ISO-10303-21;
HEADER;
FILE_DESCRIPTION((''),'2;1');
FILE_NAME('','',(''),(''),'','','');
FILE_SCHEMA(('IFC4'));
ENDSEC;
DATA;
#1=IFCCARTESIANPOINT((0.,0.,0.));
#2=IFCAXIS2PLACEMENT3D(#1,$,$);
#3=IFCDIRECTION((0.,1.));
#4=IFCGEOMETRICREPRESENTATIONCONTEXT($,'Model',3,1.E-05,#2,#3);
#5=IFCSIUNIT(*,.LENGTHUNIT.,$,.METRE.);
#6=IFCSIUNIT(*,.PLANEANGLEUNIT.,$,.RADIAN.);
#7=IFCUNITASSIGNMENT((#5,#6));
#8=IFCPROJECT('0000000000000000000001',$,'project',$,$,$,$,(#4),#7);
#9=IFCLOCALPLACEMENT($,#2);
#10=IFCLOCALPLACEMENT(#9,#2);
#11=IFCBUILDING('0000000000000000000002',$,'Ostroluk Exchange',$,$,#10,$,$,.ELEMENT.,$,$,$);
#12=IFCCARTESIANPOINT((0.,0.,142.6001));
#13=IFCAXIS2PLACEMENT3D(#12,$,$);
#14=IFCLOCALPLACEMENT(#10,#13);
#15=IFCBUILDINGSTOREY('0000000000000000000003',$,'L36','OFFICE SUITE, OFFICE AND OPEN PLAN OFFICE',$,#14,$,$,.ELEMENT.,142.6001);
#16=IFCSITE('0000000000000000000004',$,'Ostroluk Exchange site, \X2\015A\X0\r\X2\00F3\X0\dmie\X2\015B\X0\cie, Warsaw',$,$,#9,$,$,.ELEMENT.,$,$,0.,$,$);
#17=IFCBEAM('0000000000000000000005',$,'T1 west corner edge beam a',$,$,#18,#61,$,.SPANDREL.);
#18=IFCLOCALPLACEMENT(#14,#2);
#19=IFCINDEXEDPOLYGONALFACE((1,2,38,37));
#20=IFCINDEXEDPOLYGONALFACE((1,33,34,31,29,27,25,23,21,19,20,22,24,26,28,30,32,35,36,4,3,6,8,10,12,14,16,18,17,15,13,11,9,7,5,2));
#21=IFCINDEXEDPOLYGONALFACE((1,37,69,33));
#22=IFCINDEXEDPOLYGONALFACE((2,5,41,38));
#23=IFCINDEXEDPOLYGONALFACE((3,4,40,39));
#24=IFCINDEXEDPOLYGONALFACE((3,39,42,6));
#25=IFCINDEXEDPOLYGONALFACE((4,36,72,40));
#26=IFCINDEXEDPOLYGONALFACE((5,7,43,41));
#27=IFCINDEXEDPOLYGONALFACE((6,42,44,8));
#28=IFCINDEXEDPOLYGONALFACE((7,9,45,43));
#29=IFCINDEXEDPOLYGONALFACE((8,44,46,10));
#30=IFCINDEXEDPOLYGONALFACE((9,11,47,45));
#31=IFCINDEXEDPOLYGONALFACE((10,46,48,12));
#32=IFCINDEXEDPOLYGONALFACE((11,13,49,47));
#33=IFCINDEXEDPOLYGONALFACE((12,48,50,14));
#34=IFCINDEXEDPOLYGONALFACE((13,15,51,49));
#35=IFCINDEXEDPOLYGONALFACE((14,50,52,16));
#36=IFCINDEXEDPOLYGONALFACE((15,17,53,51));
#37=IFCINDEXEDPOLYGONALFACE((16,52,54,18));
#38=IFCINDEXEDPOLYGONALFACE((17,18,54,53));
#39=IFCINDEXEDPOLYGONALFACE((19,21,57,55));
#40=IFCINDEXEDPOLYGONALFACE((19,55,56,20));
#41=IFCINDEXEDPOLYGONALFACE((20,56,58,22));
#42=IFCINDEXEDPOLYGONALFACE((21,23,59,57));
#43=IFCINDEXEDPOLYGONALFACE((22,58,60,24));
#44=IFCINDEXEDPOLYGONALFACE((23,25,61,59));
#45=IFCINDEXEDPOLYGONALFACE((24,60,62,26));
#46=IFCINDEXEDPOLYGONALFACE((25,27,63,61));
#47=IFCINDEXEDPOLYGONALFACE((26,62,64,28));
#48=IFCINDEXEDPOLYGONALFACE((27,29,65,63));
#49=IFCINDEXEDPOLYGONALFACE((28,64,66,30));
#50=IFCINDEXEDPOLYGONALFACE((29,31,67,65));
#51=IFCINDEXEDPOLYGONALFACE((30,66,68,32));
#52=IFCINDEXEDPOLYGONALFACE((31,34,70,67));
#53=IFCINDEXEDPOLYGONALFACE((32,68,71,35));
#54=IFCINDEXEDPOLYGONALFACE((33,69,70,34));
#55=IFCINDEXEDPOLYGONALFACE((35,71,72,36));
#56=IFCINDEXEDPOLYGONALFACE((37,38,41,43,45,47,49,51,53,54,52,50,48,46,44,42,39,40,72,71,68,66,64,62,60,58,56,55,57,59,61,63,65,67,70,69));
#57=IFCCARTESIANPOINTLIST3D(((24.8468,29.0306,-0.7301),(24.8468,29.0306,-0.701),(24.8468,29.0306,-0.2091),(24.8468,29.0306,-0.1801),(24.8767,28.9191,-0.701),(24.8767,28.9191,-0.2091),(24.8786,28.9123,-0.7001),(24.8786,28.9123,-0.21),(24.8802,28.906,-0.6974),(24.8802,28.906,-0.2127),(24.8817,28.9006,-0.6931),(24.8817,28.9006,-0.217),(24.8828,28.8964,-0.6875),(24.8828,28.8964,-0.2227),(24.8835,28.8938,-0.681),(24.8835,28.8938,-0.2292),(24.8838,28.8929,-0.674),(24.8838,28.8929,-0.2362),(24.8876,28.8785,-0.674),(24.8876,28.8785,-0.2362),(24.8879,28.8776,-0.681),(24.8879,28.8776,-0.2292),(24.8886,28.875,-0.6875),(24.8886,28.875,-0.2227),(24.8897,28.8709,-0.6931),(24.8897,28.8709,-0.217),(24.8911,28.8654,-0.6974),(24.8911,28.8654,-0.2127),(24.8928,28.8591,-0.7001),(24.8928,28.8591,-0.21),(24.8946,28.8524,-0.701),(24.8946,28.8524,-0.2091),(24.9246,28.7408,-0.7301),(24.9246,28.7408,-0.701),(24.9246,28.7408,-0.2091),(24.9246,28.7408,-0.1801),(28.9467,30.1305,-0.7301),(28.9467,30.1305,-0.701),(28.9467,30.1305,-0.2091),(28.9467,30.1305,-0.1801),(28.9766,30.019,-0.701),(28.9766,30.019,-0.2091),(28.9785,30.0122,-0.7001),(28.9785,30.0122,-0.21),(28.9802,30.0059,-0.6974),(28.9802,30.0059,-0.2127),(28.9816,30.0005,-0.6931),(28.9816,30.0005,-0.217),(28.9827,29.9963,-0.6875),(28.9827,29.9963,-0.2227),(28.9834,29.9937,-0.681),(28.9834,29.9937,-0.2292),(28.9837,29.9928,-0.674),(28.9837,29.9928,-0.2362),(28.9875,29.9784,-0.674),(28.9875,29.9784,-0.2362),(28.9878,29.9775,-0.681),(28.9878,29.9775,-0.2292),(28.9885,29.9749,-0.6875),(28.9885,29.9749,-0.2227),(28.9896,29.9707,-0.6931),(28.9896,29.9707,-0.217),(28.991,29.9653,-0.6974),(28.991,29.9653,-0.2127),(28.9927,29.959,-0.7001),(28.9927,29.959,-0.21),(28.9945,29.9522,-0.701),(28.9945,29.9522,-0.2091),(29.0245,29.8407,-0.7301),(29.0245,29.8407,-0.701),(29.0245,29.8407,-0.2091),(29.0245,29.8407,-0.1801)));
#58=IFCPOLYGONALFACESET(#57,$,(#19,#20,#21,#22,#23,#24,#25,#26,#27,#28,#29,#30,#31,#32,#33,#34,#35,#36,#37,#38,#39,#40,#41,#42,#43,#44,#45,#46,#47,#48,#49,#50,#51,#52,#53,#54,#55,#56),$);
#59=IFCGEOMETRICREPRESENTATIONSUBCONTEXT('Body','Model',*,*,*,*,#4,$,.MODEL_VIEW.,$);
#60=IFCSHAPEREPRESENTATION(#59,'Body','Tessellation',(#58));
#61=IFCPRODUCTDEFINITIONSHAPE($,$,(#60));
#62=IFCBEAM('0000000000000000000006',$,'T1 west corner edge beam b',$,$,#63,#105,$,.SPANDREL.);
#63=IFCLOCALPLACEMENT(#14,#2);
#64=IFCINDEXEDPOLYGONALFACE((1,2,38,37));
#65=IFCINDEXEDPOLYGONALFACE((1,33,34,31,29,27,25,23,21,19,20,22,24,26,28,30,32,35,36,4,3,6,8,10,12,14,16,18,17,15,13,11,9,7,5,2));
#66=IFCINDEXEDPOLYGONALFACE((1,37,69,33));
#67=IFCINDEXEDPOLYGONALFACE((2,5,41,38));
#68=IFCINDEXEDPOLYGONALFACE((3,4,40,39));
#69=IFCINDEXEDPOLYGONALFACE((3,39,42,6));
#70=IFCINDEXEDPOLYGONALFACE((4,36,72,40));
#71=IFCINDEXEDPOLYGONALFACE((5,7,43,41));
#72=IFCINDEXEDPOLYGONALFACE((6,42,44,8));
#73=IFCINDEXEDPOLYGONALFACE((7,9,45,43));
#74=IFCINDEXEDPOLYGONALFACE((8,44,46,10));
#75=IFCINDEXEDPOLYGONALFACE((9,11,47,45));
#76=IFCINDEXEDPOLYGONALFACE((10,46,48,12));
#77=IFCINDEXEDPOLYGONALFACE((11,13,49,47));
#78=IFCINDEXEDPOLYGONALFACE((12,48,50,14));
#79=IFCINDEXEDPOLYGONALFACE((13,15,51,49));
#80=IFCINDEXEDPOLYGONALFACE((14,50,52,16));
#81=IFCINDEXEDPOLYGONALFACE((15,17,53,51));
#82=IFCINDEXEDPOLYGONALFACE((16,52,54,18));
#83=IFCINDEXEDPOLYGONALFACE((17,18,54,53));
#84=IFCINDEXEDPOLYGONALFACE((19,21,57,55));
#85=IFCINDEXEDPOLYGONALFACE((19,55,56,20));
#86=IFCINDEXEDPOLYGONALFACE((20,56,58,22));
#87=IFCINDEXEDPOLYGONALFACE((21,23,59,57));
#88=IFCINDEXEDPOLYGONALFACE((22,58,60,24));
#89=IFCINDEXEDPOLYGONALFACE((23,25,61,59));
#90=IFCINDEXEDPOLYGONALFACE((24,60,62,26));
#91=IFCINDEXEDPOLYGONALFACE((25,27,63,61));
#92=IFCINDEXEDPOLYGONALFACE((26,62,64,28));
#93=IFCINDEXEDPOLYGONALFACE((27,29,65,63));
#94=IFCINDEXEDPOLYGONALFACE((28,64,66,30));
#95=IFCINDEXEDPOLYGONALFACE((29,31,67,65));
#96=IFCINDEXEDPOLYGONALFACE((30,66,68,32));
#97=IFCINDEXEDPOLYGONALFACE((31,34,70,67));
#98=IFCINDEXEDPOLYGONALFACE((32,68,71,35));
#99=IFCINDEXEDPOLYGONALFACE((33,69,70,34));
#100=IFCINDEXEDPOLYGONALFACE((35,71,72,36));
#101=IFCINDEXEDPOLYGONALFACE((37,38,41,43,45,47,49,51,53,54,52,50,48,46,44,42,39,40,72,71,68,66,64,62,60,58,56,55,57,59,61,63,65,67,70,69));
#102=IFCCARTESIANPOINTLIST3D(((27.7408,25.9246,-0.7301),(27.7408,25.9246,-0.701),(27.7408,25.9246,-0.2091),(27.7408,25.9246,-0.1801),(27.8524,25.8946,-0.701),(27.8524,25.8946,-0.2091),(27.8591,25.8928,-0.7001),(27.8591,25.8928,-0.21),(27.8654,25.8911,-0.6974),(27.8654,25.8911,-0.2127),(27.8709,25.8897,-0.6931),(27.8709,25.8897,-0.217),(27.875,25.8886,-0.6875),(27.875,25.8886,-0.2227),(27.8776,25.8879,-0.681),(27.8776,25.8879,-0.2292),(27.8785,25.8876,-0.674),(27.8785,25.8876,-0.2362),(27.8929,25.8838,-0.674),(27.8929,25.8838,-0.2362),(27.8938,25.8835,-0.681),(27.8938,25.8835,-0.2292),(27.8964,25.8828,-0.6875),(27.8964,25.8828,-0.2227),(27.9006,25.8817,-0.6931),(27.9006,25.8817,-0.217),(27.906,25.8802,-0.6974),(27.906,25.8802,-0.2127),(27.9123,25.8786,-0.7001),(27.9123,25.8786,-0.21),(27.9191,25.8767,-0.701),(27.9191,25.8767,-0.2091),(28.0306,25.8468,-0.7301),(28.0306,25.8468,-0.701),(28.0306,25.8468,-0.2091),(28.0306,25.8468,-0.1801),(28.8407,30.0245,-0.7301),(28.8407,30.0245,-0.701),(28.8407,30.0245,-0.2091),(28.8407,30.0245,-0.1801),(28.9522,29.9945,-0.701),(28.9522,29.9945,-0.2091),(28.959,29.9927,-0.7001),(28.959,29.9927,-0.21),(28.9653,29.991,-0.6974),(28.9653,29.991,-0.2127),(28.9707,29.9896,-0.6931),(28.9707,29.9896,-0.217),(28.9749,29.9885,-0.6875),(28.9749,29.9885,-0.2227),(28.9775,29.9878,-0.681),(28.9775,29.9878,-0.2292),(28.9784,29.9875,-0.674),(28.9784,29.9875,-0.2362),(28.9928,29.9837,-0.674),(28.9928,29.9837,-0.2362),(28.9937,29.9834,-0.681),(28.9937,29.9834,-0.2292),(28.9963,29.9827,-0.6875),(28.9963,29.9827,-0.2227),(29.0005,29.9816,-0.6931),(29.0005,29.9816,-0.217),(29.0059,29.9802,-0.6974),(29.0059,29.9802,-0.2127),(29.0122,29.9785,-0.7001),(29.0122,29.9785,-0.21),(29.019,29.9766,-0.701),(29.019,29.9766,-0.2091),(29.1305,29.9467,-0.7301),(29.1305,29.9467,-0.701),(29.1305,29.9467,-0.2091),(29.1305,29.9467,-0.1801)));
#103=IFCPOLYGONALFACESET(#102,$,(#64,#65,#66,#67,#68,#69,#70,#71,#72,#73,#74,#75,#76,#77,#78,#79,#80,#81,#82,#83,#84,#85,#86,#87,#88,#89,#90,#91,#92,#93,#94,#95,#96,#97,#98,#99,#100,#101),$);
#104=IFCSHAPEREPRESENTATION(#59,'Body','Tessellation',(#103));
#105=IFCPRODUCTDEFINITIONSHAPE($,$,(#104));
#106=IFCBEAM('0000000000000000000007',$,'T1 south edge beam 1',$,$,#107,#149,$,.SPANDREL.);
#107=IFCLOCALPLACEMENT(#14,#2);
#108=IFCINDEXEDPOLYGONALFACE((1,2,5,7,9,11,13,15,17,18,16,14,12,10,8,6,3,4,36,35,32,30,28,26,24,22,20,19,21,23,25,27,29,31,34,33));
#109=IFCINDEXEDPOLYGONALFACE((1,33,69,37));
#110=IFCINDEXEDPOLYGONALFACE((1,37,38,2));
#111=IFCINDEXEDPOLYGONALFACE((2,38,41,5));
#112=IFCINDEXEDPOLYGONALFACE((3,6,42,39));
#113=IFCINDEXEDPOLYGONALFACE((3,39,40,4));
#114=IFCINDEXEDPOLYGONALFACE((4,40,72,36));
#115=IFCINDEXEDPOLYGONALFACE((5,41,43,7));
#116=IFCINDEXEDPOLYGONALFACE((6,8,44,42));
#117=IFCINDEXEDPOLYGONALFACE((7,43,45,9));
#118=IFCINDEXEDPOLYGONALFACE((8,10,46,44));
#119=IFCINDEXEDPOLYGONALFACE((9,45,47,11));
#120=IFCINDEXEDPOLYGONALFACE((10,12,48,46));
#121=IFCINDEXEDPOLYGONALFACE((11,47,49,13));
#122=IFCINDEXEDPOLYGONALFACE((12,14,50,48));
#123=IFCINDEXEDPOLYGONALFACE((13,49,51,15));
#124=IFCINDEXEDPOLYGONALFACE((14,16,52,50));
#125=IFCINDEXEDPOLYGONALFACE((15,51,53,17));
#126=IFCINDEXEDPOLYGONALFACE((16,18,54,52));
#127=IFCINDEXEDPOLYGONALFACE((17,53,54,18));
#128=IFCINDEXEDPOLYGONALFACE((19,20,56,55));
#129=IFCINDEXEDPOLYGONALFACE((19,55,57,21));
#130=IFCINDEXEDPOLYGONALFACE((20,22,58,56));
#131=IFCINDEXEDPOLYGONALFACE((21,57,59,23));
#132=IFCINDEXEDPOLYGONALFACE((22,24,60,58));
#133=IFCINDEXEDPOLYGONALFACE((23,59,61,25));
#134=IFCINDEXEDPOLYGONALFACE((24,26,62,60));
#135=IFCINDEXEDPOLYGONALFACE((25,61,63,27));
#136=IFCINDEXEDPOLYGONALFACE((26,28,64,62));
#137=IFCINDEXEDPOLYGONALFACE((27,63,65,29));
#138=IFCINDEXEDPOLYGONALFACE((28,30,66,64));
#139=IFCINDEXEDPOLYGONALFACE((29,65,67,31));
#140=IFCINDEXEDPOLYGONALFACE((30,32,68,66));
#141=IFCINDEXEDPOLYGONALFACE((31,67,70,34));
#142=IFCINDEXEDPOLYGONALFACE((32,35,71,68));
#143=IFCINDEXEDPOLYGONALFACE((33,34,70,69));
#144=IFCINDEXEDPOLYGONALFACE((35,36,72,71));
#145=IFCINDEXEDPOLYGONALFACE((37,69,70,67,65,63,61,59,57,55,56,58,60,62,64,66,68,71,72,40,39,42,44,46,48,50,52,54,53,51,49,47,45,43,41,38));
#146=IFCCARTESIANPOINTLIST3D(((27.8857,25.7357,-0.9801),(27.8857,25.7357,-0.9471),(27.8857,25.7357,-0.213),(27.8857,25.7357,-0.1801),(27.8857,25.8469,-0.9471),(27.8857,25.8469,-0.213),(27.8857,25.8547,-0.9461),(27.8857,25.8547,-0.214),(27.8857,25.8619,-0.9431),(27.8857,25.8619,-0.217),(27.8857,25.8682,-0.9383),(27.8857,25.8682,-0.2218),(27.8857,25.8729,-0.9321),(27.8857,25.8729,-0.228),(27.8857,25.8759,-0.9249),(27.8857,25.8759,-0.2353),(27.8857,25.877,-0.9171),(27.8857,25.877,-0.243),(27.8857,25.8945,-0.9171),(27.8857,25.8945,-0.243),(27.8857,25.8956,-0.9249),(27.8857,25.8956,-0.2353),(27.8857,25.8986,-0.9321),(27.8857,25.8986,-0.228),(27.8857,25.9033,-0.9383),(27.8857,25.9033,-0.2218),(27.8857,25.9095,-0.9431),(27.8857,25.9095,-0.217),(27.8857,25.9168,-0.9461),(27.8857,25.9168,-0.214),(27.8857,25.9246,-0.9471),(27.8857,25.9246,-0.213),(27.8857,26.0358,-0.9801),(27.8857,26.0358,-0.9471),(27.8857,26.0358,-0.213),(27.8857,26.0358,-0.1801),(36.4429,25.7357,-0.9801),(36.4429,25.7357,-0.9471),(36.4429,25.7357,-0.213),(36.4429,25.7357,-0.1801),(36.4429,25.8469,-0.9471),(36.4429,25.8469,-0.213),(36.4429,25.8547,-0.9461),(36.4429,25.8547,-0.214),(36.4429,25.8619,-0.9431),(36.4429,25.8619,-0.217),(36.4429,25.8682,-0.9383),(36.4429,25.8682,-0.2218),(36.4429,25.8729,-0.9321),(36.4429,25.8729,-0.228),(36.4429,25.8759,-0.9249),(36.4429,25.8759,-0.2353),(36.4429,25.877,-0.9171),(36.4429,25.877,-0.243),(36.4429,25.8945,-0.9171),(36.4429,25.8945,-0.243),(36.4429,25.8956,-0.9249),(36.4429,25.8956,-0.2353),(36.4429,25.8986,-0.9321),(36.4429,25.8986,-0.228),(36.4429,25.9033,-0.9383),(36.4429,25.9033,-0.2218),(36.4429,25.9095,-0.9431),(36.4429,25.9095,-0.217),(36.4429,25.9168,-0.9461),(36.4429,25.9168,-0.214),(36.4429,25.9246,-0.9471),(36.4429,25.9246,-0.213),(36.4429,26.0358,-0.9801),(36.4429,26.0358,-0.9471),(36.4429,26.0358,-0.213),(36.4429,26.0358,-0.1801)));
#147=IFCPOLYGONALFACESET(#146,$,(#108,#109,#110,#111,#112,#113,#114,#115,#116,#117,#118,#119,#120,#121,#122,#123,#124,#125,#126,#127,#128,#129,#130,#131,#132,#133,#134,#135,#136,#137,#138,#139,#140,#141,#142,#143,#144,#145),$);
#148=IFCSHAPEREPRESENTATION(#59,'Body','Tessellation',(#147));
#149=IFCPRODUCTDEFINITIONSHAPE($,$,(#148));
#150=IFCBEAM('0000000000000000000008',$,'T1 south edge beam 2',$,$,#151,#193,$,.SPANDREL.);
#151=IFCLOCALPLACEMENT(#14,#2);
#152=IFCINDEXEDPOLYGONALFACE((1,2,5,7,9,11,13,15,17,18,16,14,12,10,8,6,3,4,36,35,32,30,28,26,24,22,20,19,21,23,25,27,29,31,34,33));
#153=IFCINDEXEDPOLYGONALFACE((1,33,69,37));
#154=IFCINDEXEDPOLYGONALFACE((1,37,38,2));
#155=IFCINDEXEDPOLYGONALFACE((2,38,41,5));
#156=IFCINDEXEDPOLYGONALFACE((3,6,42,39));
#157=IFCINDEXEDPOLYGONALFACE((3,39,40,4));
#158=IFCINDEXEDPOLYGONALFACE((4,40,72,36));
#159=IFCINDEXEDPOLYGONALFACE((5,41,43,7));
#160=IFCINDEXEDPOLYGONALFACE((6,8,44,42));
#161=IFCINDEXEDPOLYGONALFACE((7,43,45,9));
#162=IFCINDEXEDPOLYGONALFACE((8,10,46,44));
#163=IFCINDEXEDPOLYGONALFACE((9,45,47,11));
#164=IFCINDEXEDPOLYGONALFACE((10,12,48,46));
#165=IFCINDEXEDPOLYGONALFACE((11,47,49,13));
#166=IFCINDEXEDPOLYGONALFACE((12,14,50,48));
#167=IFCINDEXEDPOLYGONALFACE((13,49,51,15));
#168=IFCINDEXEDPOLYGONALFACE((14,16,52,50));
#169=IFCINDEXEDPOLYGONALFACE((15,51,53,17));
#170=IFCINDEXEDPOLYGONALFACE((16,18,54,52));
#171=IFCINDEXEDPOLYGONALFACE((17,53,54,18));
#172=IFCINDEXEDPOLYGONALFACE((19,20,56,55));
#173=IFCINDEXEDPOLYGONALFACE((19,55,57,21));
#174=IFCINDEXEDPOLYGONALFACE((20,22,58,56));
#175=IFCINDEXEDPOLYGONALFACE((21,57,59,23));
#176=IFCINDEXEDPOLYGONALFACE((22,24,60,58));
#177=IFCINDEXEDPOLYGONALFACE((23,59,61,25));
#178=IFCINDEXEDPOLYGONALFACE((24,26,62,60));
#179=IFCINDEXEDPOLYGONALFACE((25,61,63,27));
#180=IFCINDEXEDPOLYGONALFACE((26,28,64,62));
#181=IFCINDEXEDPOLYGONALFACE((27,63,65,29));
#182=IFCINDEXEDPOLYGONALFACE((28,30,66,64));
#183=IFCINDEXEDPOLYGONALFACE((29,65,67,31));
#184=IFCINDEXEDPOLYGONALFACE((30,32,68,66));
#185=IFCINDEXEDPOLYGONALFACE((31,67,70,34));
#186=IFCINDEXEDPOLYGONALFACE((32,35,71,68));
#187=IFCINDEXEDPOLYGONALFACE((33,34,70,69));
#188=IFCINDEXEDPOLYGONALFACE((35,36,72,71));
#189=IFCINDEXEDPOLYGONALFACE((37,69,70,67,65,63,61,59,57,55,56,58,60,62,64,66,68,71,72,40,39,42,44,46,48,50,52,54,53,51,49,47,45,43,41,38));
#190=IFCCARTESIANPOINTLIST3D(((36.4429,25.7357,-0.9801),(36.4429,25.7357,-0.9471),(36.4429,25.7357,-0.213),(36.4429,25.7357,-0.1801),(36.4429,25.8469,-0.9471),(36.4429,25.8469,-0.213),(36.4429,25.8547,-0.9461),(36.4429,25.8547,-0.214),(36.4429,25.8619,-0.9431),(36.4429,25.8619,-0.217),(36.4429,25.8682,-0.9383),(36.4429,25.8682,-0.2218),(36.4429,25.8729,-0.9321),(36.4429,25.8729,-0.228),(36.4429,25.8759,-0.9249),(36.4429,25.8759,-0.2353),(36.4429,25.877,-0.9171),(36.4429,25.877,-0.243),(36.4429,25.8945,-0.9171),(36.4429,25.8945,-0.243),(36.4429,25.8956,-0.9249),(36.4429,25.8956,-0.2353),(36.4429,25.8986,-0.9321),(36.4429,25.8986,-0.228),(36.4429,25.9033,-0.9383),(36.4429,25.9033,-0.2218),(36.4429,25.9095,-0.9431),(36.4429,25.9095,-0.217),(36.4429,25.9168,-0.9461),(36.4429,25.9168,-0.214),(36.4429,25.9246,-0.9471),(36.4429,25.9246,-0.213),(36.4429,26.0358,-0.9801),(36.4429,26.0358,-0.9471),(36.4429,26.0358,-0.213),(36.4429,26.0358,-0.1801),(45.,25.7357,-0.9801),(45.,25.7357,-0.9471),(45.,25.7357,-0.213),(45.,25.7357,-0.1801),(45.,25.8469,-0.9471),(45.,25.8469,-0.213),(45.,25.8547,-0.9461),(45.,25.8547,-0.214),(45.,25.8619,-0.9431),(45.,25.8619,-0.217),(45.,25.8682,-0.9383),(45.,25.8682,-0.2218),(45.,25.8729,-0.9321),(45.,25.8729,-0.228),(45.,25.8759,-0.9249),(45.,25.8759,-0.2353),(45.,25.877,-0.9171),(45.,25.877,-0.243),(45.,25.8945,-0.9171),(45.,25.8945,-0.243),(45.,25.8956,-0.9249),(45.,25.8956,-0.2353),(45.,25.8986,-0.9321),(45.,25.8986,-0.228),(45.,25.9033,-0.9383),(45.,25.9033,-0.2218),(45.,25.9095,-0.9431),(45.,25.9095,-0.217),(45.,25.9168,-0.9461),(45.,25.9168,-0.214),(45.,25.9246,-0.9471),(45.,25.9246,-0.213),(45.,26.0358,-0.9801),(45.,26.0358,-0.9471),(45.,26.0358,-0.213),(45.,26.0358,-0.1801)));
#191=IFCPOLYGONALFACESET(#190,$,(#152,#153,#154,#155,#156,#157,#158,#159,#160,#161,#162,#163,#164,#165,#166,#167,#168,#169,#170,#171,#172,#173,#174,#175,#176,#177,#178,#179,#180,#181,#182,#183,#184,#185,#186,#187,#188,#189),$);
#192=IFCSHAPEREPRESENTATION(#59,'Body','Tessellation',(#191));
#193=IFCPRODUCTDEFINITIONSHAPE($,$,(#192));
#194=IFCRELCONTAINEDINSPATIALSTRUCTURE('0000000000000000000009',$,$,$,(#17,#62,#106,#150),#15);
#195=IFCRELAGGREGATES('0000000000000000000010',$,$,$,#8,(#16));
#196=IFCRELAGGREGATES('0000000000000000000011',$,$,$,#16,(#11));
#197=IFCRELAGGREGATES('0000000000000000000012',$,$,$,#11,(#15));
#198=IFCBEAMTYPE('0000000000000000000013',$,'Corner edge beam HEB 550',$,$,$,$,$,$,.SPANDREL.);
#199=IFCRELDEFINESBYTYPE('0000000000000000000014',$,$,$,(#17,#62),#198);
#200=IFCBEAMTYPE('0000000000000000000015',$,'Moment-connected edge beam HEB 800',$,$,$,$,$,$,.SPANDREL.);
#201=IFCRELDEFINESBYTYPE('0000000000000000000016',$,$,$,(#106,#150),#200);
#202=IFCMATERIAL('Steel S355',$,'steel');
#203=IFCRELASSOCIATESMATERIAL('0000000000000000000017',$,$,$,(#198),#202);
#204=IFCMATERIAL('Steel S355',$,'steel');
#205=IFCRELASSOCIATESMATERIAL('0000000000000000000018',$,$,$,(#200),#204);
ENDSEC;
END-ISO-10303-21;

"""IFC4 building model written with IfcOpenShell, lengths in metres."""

from ifc_helpers import new_model, si_unit, direction, frame, origin, origin_2d, place, context, subcontext, project, spatial, i_section, extrude, material, material_profile, profile_set, type_object, element, save


model = new_model("IFC4")

# Units and contexts
model_context = context("Model", 3, precision=1e-05, world=origin(), true_north=direction((0.0, 1.0)))
body_context = subcontext(model_context, "Body", "Model", "MODEL_VIEW")
ifc_project = project(units=[si_unit("LENGTHUNIT", "METRE"), si_unit("PLANEANGLEUNIT", "RADIAN")], contexts=[model_context])

# Site, building, storey
site_placement = place(None, origin())
site = spatial("IfcSite", under=ifc_project, at=site_placement, Name="Ostroluk Exchange site, Śródmieście, Warsaw", CompositionType="ELEMENT", RefElevation=0.0)
building_placement = place(site_placement, origin())
building = spatial("IfcBuilding", under=site, at=building_placement, Name="Ostroluk Exchange", CompositionType="ELEMENT")
storey_placement = place(building_placement, frame((0.0, 0.0, 142.6001)))
storey = spatial("IfcBuildingStorey", under=building, at=storey_placement, Name="L36", Description="OFFICE SUITE, OFFICE AND OPEN PLAN OFFICE", CompositionType="ELEMENT", Elevation=142.6001)

# Beams
ifc_material_1 = material(Name="Steel S355", Category="steel")
ifc_material_profile_1 = material_profile(ifc_material_1, i_section(OverallWidth=0.3, OverallDepth=0.55, WebThickness=0.0149, FlangeThickness=0.0291, FilletRadius=0.0271, at=origin_2d()), Name="HEB 550")
ifc_profile_set_1 = profile_set([ifc_material_profile_1], Name="Steel S355")
beam_type_1 = type_object("IfcBeamType", Name="Corner edge beam HEB 550", PredefinedType="SPANDREL", material=ifc_profile_set_1)
for number, where, z_axis, x_axis, name in (
    (1, (28.9856, 29.9856, -0.4551), (-0.965849, -0.259105, 0.0), (0.259105, -0.965849, 0.0), "T1 west corner edge beam a"),
    (2, (28.9856, 29.9856, -0.4551), (-0.259105, -0.965849, 0.0), (0.965849, -0.259105, 0.0), "T1 west corner edge beam b"),
):
    element("IfcBeam", number, at=place(storey_placement, frame(where, z_axis=z_axis, x_axis=x_axis)), inside=storey, type_object=beam_type_1, Name=name, PredefinedType="SPANDREL", context=body_context, shape_type="SweptSolid", body=[
        extrude(i_section(OverallWidth=0.3, OverallDepth=0.55, WebThickness=0.0149, FlangeThickness=0.0291, FilletRadius=0.0271, at=origin_2d()), origin(), (0.0, 0.0, 1.0), 4.2449),
    ])
ifc_material_2 = material(Name="Steel S355", Category="steel")
ifc_material_profile_2 = material_profile(ifc_material_2, i_section(OverallWidth=0.3, OverallDepth=0.8, WebThickness=0.0176, FlangeThickness=0.033, FilletRadius=0.03, at=origin_2d()), Name="HEB 800")
ifc_profile_set_2 = profile_set([ifc_material_profile_2], Name="Steel S355")
beam_type_2 = type_object("IfcBeamType", Name="Moment-connected edge beam HEB 800", PredefinedType="SPANDREL", material=ifc_profile_set_2)
for number, where, z_axis, x_axis, name in (
    (3, (27.8857, 25.8857, -0.5801), (1.0, 0.0, 0.0), (0.0, 1.0, 0.0), "T1 south edge beam 1"),
    (4, (36.4429, 25.8857, -0.5801), (1.0, 0.0, 0.0), (0.0, 1.0, 0.0), "T1 south edge beam 2"),
):
    element("IfcBeam", number, at=place(storey_placement, frame(where, z_axis=z_axis, x_axis=x_axis)), inside=storey, type_object=beam_type_2, Name=name, PredefinedType="SPANDREL", context=body_context, shape_type="SweptSolid", body=[
        extrude(i_section(OverallWidth=0.3, OverallDepth=0.8, WebThickness=0.0176, FlangeThickness=0.033, FilletRadius=0.03, at=origin_2d()), origin(), (0.0, 0.0, 1.0), 8.5571),
    ])

save(model, "model.ifc")
